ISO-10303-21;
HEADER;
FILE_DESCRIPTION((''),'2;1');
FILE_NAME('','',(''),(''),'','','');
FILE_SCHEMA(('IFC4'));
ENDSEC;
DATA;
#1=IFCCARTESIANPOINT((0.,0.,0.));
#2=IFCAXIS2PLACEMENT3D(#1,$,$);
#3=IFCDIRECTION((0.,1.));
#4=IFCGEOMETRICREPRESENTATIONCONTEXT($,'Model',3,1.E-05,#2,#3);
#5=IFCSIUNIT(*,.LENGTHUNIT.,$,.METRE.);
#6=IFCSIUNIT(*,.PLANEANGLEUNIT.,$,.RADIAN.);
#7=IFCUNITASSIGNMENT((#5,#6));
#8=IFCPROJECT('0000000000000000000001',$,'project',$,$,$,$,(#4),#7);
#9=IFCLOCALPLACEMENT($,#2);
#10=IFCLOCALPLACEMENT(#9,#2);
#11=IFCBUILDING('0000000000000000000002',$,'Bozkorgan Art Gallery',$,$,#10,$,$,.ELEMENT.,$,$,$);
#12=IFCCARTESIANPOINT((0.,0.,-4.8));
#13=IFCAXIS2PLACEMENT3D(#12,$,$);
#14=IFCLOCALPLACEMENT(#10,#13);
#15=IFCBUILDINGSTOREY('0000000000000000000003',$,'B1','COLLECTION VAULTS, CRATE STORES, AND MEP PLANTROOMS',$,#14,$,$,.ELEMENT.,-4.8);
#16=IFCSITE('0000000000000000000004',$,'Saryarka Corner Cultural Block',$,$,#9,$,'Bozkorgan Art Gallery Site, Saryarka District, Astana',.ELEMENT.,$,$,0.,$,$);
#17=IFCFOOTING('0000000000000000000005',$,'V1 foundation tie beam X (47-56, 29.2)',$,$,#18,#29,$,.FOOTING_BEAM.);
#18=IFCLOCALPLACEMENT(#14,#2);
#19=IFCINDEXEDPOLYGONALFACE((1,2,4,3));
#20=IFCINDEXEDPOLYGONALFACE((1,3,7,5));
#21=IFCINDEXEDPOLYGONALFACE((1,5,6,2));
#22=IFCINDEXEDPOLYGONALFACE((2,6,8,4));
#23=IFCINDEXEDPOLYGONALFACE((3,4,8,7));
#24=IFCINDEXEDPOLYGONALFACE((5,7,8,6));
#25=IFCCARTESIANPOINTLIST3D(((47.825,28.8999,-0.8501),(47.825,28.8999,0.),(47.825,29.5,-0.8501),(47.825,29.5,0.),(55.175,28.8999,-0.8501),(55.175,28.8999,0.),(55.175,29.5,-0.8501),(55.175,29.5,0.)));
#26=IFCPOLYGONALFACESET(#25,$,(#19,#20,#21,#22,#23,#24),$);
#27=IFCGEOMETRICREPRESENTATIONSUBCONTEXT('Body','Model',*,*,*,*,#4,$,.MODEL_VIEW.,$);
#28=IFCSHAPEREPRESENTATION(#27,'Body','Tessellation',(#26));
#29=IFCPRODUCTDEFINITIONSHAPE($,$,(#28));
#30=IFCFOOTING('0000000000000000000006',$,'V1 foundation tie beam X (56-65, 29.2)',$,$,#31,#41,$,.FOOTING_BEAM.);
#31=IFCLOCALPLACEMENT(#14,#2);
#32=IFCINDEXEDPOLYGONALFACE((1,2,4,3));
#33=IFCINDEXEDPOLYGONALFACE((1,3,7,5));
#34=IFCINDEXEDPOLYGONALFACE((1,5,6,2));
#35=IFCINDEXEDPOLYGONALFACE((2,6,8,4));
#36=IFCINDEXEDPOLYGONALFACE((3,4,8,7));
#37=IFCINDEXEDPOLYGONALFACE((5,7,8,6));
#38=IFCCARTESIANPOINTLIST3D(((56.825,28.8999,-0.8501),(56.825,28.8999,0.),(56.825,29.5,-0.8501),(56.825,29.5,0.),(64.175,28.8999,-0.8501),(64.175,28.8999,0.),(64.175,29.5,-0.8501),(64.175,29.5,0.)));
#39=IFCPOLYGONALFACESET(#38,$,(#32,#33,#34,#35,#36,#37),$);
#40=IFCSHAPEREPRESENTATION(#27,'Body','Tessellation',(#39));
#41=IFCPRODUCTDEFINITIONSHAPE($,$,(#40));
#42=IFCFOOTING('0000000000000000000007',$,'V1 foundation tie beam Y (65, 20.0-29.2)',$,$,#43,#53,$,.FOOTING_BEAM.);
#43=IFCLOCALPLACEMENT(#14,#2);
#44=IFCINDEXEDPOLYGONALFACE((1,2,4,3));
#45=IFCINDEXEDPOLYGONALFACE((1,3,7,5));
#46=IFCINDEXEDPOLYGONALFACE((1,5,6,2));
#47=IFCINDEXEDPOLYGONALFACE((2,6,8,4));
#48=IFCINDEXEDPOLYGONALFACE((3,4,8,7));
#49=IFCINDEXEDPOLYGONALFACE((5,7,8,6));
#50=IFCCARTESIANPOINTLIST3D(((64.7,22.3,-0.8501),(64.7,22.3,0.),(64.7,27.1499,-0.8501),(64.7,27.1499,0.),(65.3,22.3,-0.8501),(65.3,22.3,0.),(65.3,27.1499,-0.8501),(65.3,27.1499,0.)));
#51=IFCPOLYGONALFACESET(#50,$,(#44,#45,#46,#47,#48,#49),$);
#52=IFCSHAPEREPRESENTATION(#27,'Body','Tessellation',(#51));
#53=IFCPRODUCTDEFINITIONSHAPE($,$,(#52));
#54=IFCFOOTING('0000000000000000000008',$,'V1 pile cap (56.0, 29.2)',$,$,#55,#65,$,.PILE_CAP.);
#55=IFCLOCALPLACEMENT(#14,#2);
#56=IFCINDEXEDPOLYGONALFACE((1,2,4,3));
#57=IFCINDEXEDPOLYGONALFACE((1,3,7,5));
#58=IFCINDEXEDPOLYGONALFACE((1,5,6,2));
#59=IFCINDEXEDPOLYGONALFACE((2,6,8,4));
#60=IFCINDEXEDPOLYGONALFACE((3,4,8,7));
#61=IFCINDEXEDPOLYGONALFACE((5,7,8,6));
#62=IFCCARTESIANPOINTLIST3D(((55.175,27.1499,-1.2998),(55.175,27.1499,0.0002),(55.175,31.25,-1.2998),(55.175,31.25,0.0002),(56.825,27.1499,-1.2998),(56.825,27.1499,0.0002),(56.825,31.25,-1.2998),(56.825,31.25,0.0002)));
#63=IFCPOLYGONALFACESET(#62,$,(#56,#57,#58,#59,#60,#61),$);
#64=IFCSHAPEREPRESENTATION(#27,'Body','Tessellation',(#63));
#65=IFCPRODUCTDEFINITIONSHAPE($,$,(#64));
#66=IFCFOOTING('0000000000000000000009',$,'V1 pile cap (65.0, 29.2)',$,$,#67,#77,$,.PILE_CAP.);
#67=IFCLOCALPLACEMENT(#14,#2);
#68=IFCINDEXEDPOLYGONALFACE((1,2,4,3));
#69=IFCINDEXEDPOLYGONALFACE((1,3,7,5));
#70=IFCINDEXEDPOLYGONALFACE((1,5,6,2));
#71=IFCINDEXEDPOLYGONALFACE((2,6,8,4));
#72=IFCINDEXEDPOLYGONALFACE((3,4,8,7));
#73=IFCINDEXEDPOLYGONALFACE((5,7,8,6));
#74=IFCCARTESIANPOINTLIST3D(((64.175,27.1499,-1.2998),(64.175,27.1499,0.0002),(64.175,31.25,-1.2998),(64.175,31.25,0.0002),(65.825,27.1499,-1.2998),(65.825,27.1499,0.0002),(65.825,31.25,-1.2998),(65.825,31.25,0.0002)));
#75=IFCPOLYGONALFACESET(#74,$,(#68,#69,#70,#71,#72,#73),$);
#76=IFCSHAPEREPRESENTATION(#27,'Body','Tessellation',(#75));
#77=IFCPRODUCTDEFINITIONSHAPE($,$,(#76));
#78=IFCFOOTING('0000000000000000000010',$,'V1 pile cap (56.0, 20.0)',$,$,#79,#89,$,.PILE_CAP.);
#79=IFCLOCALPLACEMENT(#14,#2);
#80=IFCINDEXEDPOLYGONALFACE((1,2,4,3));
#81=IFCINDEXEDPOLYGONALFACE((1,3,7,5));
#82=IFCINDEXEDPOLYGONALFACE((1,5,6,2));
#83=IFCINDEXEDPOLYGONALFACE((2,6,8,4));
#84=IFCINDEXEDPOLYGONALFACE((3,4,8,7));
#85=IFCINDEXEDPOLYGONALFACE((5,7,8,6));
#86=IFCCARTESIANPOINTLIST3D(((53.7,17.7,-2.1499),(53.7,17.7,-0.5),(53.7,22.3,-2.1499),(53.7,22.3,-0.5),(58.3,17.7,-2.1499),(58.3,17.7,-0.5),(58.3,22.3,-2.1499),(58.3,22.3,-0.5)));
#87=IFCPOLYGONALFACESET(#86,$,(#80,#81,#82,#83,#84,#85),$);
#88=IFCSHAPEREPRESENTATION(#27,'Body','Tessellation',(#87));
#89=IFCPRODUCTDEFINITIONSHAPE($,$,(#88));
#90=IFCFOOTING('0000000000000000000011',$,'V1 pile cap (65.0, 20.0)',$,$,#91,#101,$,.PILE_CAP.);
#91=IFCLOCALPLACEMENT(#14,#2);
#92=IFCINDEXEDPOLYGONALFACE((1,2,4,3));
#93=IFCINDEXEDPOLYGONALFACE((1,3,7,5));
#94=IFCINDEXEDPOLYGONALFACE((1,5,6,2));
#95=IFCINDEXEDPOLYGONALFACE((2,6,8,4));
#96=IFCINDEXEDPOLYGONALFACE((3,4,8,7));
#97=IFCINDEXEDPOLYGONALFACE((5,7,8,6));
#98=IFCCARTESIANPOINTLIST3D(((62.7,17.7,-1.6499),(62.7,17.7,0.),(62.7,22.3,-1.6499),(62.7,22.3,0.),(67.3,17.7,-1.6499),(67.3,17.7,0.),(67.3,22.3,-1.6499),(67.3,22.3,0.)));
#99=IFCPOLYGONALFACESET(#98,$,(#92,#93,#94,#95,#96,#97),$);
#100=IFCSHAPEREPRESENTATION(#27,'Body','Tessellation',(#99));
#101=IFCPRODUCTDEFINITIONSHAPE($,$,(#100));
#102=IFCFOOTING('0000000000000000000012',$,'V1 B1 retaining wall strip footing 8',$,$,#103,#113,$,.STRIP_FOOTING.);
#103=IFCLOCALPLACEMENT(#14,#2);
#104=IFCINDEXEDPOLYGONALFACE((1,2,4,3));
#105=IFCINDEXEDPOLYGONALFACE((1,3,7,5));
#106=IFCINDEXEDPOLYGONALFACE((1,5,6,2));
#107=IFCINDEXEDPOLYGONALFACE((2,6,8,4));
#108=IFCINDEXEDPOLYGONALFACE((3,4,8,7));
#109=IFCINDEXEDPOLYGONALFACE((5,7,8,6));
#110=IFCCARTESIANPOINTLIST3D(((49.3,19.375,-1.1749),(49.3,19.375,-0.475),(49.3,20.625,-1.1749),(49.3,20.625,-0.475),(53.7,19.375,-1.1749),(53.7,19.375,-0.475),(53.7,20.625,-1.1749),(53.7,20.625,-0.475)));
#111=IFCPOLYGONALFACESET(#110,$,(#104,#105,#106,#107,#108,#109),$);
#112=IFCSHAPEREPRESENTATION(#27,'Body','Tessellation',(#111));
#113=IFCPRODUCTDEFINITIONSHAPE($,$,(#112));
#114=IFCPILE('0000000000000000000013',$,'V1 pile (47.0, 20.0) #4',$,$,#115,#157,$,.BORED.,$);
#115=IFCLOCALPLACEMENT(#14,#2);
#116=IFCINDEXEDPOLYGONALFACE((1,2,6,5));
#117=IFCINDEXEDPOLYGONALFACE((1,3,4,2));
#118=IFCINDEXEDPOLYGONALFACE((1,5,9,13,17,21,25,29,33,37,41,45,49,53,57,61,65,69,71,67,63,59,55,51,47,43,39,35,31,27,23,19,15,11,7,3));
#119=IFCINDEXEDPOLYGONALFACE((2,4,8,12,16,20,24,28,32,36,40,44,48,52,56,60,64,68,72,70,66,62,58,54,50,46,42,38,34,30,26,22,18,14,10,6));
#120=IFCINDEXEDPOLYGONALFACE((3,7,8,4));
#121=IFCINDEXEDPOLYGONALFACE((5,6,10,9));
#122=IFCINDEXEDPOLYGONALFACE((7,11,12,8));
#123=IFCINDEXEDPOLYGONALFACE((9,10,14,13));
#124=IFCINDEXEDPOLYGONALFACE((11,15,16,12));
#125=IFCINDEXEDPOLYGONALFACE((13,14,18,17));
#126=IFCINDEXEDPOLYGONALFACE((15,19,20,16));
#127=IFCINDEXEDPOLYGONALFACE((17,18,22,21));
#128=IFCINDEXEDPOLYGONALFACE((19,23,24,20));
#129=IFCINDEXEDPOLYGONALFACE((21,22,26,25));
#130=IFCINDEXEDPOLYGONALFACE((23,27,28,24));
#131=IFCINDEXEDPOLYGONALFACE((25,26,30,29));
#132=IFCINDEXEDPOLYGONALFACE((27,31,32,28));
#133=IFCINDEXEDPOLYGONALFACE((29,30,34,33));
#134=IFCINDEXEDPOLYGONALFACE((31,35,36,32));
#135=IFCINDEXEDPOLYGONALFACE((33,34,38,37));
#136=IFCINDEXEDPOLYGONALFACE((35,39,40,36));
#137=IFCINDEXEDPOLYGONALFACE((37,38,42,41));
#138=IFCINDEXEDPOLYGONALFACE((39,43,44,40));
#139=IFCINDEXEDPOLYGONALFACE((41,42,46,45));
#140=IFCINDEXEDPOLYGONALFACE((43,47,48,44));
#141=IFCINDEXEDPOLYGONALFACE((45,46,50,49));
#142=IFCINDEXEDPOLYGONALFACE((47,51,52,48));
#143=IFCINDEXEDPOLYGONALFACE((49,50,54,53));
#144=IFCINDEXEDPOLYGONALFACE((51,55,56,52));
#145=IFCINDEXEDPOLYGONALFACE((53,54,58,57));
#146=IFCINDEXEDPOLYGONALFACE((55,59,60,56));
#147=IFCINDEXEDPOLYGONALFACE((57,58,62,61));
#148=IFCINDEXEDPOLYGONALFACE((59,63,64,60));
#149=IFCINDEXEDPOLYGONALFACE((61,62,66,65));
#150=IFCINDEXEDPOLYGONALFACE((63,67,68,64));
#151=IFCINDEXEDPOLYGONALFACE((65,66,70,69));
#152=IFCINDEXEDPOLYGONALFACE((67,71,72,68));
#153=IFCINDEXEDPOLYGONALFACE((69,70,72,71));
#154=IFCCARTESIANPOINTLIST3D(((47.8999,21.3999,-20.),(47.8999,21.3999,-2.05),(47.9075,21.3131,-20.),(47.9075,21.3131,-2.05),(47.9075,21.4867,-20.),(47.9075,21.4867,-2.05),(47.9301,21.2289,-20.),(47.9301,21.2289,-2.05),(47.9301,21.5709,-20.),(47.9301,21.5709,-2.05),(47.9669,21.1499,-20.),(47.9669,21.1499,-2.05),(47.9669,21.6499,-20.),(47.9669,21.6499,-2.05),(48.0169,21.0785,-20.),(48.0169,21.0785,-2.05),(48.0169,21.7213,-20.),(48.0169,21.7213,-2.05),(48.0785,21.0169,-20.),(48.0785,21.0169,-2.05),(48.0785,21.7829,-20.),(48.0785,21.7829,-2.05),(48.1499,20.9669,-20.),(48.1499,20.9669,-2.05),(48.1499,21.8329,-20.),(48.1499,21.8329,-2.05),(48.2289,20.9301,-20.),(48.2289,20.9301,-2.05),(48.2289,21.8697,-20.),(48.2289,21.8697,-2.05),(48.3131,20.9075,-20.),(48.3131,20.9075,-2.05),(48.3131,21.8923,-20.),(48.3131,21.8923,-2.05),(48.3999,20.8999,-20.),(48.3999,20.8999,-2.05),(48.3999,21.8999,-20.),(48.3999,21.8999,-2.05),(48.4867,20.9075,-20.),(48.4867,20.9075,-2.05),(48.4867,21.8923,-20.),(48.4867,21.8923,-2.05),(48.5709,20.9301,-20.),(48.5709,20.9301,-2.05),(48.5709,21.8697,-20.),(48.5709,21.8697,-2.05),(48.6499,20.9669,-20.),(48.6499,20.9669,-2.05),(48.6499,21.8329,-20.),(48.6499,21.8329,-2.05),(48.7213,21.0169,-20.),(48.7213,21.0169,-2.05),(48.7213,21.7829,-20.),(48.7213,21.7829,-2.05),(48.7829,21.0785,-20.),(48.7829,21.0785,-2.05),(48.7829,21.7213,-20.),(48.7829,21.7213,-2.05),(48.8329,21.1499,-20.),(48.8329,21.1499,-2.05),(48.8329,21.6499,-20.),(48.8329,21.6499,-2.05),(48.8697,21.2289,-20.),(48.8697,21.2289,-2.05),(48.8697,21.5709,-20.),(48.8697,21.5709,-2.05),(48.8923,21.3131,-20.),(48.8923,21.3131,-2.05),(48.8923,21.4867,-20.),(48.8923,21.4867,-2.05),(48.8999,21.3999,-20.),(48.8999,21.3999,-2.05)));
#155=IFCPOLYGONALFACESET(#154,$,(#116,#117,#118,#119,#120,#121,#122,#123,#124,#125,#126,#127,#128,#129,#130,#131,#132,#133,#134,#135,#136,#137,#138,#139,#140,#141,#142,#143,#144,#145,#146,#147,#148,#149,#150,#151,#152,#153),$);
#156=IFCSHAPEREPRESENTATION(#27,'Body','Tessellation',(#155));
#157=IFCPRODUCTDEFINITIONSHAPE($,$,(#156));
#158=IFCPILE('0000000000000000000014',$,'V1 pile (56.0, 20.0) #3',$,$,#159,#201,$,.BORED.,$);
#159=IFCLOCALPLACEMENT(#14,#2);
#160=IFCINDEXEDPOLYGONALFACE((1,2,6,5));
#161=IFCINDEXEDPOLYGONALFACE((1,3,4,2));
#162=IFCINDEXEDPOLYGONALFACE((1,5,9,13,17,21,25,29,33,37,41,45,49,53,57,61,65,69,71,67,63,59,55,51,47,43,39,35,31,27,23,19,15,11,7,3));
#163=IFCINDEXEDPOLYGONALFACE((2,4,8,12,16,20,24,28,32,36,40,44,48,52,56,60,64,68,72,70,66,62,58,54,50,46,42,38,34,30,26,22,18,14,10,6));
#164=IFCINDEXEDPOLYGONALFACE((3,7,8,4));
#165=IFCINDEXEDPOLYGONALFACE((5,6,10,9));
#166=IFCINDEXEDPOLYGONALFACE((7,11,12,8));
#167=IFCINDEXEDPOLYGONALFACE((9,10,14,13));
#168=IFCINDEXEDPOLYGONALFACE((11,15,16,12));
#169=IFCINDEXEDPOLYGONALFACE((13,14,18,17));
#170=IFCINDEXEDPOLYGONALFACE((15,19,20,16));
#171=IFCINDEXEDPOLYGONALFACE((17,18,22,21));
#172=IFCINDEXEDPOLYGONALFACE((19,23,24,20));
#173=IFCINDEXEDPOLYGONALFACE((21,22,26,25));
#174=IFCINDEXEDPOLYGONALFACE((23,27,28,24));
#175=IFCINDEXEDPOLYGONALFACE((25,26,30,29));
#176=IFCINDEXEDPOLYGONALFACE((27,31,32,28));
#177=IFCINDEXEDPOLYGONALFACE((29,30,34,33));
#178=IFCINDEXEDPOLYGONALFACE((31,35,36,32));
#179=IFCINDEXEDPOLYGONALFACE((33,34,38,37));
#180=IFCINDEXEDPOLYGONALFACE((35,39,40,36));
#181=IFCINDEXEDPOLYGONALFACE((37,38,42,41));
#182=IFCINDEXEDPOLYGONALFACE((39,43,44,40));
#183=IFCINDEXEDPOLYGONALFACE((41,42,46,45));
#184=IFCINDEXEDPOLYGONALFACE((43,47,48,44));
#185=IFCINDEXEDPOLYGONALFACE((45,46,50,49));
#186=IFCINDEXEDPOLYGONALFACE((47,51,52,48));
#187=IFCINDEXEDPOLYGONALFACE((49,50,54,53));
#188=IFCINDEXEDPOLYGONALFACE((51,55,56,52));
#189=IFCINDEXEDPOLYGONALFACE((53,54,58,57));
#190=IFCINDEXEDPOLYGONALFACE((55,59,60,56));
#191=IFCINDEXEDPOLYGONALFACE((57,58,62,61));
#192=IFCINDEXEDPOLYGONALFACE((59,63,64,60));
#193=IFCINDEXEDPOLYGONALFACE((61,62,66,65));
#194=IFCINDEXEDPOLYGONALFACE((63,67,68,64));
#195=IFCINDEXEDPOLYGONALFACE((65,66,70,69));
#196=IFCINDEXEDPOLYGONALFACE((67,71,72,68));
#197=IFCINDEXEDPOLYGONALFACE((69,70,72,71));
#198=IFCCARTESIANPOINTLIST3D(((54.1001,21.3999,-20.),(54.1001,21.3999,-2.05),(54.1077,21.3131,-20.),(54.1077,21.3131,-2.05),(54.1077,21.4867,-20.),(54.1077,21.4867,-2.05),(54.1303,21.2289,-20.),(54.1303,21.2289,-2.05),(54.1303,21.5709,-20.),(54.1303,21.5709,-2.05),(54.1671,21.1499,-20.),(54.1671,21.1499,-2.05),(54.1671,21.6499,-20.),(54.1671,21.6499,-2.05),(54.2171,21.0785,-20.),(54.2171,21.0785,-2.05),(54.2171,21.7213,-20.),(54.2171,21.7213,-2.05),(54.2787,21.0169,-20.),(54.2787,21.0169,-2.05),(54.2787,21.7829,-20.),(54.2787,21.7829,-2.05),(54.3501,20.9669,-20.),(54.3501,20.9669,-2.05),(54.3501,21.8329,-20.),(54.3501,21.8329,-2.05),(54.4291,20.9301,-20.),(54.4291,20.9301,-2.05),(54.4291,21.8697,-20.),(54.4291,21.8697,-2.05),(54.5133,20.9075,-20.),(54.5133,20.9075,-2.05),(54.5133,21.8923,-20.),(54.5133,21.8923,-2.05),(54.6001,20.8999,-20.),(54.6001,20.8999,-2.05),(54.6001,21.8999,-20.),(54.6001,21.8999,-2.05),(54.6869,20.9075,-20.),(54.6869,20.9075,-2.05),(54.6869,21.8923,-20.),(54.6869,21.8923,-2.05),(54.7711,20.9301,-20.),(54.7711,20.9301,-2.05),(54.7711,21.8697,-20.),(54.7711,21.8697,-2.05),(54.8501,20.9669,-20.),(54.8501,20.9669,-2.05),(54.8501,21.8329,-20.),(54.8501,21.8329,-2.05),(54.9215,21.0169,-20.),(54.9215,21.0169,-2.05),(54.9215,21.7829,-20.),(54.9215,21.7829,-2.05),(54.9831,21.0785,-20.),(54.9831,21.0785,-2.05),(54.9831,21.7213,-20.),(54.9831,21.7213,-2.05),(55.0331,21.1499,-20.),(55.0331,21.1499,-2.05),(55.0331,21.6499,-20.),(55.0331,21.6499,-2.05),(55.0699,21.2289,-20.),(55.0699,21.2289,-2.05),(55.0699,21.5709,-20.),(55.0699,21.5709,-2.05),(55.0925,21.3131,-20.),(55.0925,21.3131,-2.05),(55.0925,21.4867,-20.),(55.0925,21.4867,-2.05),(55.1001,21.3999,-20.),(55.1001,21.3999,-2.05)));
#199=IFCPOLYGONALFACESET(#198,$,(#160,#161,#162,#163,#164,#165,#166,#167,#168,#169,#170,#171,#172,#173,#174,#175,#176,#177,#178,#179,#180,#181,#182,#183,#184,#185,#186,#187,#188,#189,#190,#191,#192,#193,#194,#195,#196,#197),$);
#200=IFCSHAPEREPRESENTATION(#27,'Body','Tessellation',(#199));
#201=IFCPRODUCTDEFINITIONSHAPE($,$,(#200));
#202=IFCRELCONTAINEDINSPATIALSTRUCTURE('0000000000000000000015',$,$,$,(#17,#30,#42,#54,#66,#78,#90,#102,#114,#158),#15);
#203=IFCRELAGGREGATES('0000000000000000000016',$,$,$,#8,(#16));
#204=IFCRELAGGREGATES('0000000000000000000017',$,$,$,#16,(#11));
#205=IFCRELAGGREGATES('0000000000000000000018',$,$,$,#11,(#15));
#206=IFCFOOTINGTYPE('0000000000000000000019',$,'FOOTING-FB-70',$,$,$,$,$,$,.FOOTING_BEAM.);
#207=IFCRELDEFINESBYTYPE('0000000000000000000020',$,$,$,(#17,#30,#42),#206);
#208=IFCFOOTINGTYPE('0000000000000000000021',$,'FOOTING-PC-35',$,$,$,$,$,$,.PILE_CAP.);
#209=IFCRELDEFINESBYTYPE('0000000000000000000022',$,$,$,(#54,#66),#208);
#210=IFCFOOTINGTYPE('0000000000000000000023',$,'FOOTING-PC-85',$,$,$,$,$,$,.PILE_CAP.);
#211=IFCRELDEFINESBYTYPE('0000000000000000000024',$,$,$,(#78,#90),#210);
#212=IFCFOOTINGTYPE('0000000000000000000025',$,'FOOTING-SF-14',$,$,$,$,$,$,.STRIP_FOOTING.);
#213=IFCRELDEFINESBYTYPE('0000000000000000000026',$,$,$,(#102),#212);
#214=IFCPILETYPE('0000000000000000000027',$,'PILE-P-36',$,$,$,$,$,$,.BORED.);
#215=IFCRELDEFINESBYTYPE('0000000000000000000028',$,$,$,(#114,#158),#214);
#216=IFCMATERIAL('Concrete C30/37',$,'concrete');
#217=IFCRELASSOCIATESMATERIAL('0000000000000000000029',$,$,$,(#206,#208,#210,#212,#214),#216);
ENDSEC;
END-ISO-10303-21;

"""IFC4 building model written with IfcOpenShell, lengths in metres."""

from ifc_helpers import new_model, si_unit, direction, frame, origin, origin_2d, place, context, subcontext, project, spatial, rectangle, circle, extrude, material, material_profile, profile_set, type_object, element, save


model = new_model("IFC4")

# Units and contexts
model_context = context("Model", 3, precision=1e-05, world=origin(), true_north=direction((0.0, 1.0)))
body_context = subcontext(model_context, "Body", "Model", "MODEL_VIEW")
ifc_project = project(units=[si_unit("LENGTHUNIT", "METRE"), si_unit("PLANEANGLEUNIT", "RADIAN")], contexts=[model_context])

# Site, building, storey
site_placement = place(None, origin())
site = spatial("IfcSite", under=ifc_project, at=site_placement, Name="Saryarka Corner Cultural Block", LongName="Bozkorgan Art Gallery Site, Saryarka District, Astana", CompositionType="ELEMENT", RefElevation=0.0)
building_placement = place(site_placement, origin())
building = spatial("IfcBuilding", under=site, at=building_placement, Name="Bozkorgan Art Gallery", CompositionType="ELEMENT")
storey_placement = place(building_placement, frame((0.0, 0.0, -4.8)))
storey = spatial("IfcBuildingStorey", under=building, at=storey_placement, Name="B1", Description="COLLECTION VAULTS, CRATE STORES, AND MEP PLANTROOMS", CompositionType="ELEMENT", Elevation=-4.8)

# Footings
ifc_material_1 = material(Name="Concrete C30/37", Category="concrete")
ifc_material_profile_1 = material_profile(ifc_material_1, rectangle(XDim=0.6001, YDim=0.8501, at=origin_2d()), Name="FND 600x850")
ifc_profile_set_1 = profile_set([ifc_material_profile_1], Name="Concrete C30/37")
footing_type_1 = type_object("IfcFootingType", Name="FOOTING-FB-70", PredefinedType="FOOTING_BEAM", material=ifc_profile_set_1)
for number, where, z_axis, x_axis, name in (
    (1, (47.825, 29.2, -0.425), (1.0, 0.0, 0.0), (0.0, 1.0, 0.0), "V1 foundation tie beam X (47-56, 29.2)"),
    (2, (56.825, 29.2, -0.425), (1.0, 0.0, 0.0), (0.0, 1.0, 0.0), "V1 foundation tie beam X (56-65, 29.2)"),
):
    element("IfcFooting", number, at=place(storey_placement, frame(where, z_axis=z_axis, x_axis=x_axis)), inside=storey, type_object=footing_type_1, Name=name, PredefinedType="FOOTING_BEAM", context=body_context, shape_type="SweptSolid", body=[
        extrude(rectangle(XDim=0.6001, YDim=0.8501, at=origin_2d()), origin(), (0.0, 0.0, 1.0), 7.3501),
    ])
footing_1_placement = place(storey_placement, frame((65.0, 22.3, -0.425), z_axis=(0.0, 1.0, 0.0), x_axis=(-1.0, 0.0, 0.0)))
element("IfcFooting", 3, at=footing_1_placement, inside=storey, type_object=footing_type_1, Name="V1 foundation tie beam Y (65, 20.0-29.2)", PredefinedType="FOOTING_BEAM", context=body_context, shape_type="SweptSolid", body=[
    extrude(rectangle(XDim=0.6001, YDim=0.8501, at=origin_2d()), origin(), (0.0, 0.0, 1.0), 4.8499),
])
footing_type_2 = type_object("IfcFootingType", Name="FOOTING-PC-35", PredefinedType="PILE_CAP", material=ifc_material_1)
for number, where, z_axis, x_axis, name in (
    (4, (56.0, 29.2, -1.2998), (0.0, 0.0, 1.0), (1.0, 0.0, 0.0), "V1 pile cap (56.0, 29.2)"),
    (5, (65.0, 29.2, -1.2998), (0.0, 0.0, 1.0), (1.0, 0.0, 0.0), "V1 pile cap (65.0, 29.2)"),
):
    element("IfcFooting", number, at=place(storey_placement, frame(where, z_axis=z_axis, x_axis=x_axis)), inside=storey, type_object=footing_type_2, Name=name, PredefinedType="PILE_CAP", context=body_context, shape_type="SweptSolid", body=[
        extrude(rectangle(XDim=1.6499, YDim=4.1001, at=origin_2d()), origin(), (0.0, 0.0, 1.0), 1.3),
    ])
footing_type_3 = type_object("IfcFootingType", Name="FOOTING-PC-85", PredefinedType="PILE_CAP", material=ifc_material_1)
for number, where, z_axis, x_axis, name in (
    (6, (56.0, 20.0, -2.1499), (0.0, 0.0, 1.0), (1.0, 0.0, 0.0), "V1 pile cap (56.0, 20.0)"),
    (7, (65.0, 20.0, -1.6499), (0.0, 0.0, 1.0), (1.0, 0.0, 0.0), "V1 pile cap (65.0, 20.0)"),
):
    element("IfcFooting", number, at=place(storey_placement, frame(where, z_axis=z_axis, x_axis=x_axis)), inside=storey, type_object=footing_type_3, Name=name, PredefinedType="PILE_CAP", context=body_context, shape_type="SweptSolid", body=[
        extrude(rectangle(XDim=4.6001, YDim=4.6001, at=origin_2d()), origin(), (0.0, 0.0, 1.0), 1.6499),
    ])
ifc_material_profile_2 = material_profile(ifc_material_1, rectangle(XDim=1.25, YDim=0.7, at=origin_2d()), Name="FND 1250x700")
ifc_profile_set_2 = profile_set([ifc_material_profile_2], Name="Concrete C30/37")
footing_type_4 = type_object("IfcFootingType", Name="FOOTING-SF-14", PredefinedType="STRIP_FOOTING", material=ifc_profile_set_2)
footing_2_placement = place(storey_placement, frame((49.3, 20.0, -0.825), z_axis=(1.0, 0.0, 0.0), x_axis=(0.0, 1.0, 0.0)))
element("IfcFooting", 8, at=footing_2_placement, inside=storey, type_object=footing_type_4, Name="V1 B1 retaining wall strip footing 8", PredefinedType="STRIP_FOOTING", context=body_context, shape_type="SweptSolid", body=[
    extrude(rectangle(XDim=1.25, YDim=0.7, at=origin_2d()), origin(), (0.0, 0.0, 1.0), 4.3999),
])

# Piles
ifc_material_profile_3 = material_profile(ifc_material_1, circle(Radius=0.5, at=origin_2d()), Name="PILE D1000")
ifc_profile_set_3 = profile_set([ifc_material_profile_3], Name="Concrete C30/37")
pile_type_1 = type_object("IfcPileType", Name="PILE-P-36", PredefinedType="BORED", material=ifc_profile_set_3)
for number, where, z_axis, x_axis, name in (
    (9, (48.3999, 21.3999, -2.05), (0.0, 0.0, -1.0), (1.0, 0.0, 0.0), "V1 pile (47.0, 20.0) #4"),
    (10, (54.6001, 21.3999, -2.05), (0.0, 0.0, -1.0), (1.0, 0.0, 0.0), "V1 pile (56.0, 20.0) #3"),
):
    element("IfcPile", number, at=place(storey_placement, frame(where, z_axis=z_axis, x_axis=x_axis)), inside=storey, type_object=pile_type_1, Name=name, PredefinedType="BORED", context=body_context, shape_type="SweptSolid", body=[
        extrude(circle(Radius=0.5, at=origin_2d()), origin(), (0.0, 0.0, 1.0), 17.95),
    ])

save(model, "model.ifc")
